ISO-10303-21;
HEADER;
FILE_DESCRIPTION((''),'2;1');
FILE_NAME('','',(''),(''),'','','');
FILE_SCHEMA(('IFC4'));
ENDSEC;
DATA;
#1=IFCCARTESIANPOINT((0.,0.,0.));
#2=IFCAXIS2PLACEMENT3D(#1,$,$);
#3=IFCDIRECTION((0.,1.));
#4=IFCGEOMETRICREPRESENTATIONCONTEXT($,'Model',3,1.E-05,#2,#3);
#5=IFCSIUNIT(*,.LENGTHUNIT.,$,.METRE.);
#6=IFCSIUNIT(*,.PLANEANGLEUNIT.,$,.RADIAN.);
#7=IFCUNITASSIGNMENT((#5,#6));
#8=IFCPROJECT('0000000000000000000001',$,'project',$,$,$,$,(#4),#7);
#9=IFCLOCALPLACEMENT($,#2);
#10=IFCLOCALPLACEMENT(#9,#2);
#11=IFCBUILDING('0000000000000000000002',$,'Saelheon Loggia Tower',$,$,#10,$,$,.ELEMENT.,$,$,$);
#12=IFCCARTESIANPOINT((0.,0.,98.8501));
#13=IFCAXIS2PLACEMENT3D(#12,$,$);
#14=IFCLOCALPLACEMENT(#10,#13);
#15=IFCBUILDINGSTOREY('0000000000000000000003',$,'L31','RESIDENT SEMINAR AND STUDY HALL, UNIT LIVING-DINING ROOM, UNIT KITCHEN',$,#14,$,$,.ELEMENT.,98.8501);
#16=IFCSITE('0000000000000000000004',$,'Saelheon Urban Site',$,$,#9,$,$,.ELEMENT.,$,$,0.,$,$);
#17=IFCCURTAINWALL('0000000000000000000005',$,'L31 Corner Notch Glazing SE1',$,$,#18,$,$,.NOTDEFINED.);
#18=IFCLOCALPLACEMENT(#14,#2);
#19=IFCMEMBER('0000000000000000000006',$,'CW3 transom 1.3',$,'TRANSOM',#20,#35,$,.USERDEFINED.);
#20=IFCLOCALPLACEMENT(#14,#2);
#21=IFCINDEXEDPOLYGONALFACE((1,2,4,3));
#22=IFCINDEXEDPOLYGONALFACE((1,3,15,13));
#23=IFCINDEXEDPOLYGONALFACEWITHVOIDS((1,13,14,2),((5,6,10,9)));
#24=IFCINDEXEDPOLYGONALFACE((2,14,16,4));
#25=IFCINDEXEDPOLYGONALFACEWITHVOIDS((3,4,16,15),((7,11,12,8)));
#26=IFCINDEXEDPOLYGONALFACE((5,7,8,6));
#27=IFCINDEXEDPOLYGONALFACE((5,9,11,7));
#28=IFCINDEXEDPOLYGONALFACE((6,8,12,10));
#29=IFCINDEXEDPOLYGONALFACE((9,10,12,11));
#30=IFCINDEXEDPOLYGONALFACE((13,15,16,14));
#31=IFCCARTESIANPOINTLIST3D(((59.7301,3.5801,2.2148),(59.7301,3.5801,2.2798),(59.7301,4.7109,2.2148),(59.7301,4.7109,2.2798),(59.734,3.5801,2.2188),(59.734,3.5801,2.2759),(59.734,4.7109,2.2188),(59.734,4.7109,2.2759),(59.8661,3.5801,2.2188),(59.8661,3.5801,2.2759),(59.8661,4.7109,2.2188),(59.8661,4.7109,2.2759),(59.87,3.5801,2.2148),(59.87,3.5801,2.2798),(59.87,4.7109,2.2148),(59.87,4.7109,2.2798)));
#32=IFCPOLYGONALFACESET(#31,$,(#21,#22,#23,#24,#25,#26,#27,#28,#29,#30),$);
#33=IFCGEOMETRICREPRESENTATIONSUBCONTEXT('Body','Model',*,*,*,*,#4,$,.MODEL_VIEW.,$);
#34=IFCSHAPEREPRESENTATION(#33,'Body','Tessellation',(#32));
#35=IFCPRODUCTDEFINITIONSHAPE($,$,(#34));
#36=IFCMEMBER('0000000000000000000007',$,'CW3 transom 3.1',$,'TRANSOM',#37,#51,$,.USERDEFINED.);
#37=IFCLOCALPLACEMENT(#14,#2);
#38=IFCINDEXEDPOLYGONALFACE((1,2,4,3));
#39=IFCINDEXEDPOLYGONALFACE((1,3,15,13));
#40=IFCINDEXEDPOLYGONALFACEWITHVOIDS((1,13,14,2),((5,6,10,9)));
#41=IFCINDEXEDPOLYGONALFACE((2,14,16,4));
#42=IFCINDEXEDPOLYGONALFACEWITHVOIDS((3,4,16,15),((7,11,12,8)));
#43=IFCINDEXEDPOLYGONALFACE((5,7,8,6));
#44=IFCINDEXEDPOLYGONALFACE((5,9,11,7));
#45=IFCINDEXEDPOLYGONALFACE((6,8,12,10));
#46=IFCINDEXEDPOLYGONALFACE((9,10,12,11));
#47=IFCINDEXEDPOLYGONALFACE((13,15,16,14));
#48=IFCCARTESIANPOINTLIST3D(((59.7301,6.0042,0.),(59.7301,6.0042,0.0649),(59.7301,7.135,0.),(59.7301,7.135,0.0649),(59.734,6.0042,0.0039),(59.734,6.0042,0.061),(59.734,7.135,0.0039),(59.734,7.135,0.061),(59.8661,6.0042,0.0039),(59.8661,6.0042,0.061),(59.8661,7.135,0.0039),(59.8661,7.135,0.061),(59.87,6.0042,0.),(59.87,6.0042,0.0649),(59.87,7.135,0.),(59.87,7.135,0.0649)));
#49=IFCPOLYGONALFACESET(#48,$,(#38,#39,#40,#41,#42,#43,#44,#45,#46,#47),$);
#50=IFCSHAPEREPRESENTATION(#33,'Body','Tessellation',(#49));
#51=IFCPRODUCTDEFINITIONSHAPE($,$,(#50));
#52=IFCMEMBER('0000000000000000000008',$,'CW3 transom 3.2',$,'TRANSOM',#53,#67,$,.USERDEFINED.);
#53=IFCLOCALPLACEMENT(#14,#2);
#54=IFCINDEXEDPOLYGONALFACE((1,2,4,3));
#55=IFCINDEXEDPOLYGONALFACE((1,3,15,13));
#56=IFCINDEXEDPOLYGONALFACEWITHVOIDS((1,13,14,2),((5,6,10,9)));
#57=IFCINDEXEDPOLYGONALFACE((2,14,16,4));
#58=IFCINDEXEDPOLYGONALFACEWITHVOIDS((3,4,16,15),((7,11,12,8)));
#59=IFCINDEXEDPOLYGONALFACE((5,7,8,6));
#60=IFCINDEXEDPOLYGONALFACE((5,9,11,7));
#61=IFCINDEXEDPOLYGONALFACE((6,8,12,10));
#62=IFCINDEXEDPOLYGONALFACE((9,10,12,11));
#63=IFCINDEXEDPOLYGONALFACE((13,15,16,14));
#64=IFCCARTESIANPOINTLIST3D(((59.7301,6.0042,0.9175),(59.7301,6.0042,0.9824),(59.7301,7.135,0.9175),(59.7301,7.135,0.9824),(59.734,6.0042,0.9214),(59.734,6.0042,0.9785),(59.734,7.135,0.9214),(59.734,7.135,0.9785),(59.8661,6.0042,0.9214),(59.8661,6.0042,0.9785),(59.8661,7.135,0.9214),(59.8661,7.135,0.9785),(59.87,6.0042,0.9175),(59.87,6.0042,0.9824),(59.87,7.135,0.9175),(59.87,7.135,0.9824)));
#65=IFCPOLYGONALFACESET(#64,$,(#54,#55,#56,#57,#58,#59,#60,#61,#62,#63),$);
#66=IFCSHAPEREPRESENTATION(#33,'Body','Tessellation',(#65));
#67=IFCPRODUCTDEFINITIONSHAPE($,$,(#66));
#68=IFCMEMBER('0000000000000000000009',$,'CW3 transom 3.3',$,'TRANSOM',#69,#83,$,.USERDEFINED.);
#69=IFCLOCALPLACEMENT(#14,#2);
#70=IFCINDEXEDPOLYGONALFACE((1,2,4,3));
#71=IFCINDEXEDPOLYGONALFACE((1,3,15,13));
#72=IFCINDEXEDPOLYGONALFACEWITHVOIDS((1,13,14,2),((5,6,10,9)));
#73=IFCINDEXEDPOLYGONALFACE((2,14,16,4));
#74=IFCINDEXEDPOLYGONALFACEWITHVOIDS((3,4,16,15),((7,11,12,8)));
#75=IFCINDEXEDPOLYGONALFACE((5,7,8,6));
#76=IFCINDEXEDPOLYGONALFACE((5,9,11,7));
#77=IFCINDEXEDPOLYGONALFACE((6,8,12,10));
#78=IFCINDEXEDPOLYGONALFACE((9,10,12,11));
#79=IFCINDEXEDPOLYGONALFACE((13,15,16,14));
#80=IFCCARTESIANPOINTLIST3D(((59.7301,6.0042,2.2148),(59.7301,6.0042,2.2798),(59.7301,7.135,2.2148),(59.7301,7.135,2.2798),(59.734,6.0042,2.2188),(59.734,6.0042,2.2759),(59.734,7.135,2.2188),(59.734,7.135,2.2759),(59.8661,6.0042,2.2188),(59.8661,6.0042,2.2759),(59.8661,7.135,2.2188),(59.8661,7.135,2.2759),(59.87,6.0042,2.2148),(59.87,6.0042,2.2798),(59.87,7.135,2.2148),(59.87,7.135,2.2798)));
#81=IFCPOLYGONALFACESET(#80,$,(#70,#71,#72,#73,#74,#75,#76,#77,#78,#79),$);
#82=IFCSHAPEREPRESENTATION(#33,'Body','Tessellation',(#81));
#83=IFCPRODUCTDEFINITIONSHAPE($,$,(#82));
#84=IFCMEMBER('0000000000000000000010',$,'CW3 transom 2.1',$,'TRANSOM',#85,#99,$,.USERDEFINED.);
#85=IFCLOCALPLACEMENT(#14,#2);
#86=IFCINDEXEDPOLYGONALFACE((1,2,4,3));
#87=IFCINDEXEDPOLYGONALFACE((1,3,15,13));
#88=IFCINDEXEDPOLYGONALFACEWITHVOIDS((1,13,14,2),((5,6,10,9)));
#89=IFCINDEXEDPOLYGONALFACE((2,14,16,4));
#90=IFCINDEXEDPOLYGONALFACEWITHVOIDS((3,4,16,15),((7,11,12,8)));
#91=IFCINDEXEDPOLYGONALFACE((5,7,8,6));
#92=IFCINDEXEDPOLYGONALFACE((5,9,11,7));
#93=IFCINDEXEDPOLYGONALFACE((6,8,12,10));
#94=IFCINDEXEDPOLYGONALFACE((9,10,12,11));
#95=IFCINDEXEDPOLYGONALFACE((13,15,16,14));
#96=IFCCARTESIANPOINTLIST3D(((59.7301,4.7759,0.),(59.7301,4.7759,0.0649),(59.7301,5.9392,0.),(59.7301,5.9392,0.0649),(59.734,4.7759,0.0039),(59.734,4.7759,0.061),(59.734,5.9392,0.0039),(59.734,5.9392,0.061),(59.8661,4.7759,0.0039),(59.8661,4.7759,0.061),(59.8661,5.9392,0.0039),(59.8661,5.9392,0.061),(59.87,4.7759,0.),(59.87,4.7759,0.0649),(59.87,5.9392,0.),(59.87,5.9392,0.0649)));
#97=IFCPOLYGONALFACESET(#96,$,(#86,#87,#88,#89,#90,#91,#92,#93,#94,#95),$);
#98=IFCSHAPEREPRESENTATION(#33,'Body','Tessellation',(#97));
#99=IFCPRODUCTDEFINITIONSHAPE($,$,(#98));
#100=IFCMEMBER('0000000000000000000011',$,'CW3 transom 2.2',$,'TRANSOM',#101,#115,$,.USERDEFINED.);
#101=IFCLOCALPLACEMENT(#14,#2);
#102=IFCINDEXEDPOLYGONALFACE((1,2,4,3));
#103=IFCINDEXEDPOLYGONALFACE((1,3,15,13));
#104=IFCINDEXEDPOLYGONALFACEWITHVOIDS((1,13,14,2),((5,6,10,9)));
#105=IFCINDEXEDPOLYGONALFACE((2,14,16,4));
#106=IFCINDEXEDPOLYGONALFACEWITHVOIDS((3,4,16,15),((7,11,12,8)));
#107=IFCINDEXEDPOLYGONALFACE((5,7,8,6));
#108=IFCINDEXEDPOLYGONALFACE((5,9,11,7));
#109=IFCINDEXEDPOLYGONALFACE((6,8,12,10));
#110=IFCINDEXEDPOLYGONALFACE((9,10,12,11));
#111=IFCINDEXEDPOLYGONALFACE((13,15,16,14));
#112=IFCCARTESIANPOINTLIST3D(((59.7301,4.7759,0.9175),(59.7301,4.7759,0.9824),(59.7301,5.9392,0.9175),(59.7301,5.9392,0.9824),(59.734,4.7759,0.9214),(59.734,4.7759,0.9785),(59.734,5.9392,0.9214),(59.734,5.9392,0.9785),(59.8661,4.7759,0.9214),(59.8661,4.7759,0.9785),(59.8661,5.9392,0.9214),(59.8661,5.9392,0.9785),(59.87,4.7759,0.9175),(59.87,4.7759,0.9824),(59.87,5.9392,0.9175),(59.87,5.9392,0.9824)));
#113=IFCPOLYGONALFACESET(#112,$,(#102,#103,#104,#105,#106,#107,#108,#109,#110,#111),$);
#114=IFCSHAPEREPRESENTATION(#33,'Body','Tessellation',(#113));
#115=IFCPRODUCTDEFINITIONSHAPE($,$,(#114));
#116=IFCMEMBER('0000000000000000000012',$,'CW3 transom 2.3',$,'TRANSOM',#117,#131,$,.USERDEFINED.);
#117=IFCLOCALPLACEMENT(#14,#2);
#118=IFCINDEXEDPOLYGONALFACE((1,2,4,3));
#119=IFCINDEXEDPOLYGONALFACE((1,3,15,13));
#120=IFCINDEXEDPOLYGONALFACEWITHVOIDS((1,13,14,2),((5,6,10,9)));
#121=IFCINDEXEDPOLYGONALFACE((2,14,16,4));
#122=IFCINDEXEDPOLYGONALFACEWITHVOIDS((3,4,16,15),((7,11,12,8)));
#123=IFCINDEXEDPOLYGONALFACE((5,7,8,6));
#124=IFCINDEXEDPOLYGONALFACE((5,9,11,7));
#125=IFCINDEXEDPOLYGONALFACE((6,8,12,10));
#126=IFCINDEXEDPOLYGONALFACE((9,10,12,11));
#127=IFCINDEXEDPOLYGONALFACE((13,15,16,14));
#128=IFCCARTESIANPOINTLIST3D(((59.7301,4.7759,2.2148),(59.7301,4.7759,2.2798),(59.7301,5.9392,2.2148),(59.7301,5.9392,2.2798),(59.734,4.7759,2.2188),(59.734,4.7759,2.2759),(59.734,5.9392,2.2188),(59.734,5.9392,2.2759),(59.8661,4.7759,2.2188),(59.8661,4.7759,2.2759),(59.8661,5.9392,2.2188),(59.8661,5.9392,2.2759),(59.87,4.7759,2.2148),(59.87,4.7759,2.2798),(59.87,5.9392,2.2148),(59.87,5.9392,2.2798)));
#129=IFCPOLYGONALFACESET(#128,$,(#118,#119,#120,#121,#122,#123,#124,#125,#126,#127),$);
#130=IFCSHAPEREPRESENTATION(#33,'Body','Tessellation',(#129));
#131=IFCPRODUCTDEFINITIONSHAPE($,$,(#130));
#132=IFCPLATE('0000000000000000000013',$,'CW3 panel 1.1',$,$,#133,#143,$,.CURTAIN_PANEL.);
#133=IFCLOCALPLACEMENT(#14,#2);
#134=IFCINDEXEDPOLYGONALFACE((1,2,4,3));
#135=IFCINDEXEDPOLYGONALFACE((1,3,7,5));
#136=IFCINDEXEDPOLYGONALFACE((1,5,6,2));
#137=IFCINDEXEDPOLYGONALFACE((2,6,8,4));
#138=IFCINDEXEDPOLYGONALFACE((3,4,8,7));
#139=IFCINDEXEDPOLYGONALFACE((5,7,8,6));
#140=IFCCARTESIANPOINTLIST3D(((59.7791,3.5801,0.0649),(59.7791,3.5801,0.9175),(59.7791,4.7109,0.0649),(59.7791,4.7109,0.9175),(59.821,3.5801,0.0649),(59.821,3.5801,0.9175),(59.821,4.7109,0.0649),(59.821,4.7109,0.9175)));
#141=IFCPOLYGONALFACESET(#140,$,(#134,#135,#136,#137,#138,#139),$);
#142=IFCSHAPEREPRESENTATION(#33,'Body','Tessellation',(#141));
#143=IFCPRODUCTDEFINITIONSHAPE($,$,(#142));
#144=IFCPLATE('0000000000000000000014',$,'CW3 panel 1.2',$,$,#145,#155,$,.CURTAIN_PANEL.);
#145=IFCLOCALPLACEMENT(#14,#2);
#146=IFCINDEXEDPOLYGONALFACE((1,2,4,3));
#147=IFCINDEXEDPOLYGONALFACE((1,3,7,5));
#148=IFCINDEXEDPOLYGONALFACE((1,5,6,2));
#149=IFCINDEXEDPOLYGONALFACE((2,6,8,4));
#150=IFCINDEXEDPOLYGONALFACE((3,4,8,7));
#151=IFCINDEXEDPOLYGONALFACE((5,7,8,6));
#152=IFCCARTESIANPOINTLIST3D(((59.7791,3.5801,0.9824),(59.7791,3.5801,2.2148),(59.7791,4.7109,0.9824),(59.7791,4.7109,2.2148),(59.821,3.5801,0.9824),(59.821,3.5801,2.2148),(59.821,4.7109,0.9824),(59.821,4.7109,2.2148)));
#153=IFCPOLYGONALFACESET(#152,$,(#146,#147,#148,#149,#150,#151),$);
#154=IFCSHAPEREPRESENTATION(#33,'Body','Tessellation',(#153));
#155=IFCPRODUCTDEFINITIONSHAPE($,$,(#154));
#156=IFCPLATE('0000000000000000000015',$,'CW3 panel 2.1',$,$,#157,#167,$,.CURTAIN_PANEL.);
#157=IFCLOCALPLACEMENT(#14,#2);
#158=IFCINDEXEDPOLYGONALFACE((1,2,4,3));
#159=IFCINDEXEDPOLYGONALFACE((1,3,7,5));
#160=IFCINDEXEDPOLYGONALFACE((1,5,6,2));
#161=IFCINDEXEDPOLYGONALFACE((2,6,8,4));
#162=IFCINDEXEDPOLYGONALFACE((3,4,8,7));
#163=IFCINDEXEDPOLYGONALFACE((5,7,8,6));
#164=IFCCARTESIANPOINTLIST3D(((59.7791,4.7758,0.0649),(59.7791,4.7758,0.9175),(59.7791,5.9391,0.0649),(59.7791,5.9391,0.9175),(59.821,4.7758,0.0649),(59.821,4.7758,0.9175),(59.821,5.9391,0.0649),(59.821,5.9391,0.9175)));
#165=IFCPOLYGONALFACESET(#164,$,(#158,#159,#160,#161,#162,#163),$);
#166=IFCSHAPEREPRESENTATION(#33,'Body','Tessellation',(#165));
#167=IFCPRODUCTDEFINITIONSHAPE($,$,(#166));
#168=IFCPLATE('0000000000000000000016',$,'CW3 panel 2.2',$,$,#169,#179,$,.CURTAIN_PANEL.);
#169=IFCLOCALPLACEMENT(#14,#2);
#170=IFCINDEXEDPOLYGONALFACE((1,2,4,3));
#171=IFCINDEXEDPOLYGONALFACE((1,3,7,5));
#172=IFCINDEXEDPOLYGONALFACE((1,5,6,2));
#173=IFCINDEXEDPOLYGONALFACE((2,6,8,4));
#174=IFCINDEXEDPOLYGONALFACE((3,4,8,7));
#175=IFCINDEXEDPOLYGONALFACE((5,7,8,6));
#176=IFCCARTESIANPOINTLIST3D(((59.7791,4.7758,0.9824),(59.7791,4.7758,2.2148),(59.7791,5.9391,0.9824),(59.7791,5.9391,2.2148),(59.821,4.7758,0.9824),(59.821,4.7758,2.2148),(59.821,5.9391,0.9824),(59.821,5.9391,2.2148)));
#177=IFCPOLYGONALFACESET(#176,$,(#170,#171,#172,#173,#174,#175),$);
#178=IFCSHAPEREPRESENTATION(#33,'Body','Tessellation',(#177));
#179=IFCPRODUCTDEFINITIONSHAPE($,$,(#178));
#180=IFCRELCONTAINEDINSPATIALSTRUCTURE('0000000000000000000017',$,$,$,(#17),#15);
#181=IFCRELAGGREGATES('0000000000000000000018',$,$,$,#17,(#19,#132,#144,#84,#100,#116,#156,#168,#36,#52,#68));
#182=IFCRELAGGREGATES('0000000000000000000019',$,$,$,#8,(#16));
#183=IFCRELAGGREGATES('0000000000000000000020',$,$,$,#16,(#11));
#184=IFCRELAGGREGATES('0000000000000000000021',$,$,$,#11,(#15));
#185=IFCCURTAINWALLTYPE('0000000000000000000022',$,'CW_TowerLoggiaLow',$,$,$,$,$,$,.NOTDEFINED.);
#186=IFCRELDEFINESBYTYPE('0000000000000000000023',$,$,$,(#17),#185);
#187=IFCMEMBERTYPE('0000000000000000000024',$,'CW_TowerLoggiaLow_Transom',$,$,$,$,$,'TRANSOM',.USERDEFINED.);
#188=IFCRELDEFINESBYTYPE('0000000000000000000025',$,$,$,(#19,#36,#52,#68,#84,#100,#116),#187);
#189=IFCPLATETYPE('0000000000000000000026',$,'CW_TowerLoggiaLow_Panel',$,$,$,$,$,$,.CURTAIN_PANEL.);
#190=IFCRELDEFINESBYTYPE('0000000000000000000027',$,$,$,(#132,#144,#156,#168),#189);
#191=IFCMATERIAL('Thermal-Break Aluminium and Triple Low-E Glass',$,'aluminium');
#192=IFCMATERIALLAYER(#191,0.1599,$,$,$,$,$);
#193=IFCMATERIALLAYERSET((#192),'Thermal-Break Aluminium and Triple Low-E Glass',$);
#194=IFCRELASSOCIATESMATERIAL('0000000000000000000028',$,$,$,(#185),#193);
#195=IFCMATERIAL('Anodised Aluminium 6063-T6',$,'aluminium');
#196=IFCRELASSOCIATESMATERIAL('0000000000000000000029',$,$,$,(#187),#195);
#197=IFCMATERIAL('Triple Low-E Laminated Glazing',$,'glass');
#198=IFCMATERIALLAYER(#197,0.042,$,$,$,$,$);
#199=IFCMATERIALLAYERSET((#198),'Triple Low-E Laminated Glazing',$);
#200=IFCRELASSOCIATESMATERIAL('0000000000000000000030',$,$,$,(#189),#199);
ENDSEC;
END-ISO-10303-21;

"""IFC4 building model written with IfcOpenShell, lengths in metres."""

from ifc_helpers import new_model, si_unit, direction, frame, origin, origin_2d, place, context, subcontext, project, spatial, rectangle, hollow_rectangle, extrude, source, transform, mapped, material, layer, layer_set, material_profile, profile_set, type_object, element, aggregate, save


model = new_model("IFC4")

# Units and contexts
model_context = context("Model", 3, precision=1e-05, world=origin(), true_north=direction((0.0, 1.0)))
body_context = subcontext(model_context, "Body", "Model", "MODEL_VIEW")
ifc_project = project(units=[si_unit("LENGTHUNIT", "METRE"), si_unit("PLANEANGLEUNIT", "RADIAN")], contexts=[model_context])

# Site, building, storey
site_placement = place(None, origin())
site = spatial("IfcSite", under=ifc_project, at=site_placement, Name="Saelheon Urban Site", CompositionType="ELEMENT", RefElevation=0.0)
building_placement = place(site_placement, origin())
building = spatial("IfcBuilding", under=site, at=building_placement, Name="Saelheon Loggia Tower", CompositionType="ELEMENT")
storey_placement = place(building_placement, frame((0.0, 0.0, 98.8501)))
storey = spatial("IfcBuildingStorey", under=building, at=storey_placement, Name="L31", Description="RESIDENT SEMINAR AND STUDY HALL, UNIT LIVING-DINING ROOM, UNIT KITCHEN", CompositionType="ELEMENT", Elevation=98.8501)

# Curtain wall, members, plates
ifc_material_1 = material(Name="Thermal-Break Aluminium and Triple Low-E Glass", Category="aluminium")
ifc_layer_1 = layer(ifc_material_1, 0.1599)
ifc_layer_set_1 = layer_set([ifc_layer_1], Name="Thermal-Break Aluminium and Triple Low-E Glass")
curtain_wall_type = type_object("IfcCurtainWallType", Name="CW_TowerLoggiaLow", PredefinedType="NOTDEFINED", material=ifc_layer_set_1)
curtain_wall_placement = place(storey_placement, origin())
curtain_wall = element("IfcCurtainWall", 1, at=curtain_wall_placement, inside=storey, type_object=curtain_wall_type, Name="L31 Corner Notch Glazing SE1", PredefinedType="NOTDEFINED")
ifc_material_2 = material(Name="Anodised Aluminium 6063-T6", Category="aluminium")
ifc_material_profile_1 = material_profile(ifc_material_2, hollow_rectangle(XDim=0.0649, YDim=0.1399, WallThickness=0.0039, at=origin_2d()), Name="RHS-140x65x4")
ifc_profile_set_1 = profile_set([ifc_material_profile_1], Name="Anodised Aluminium 6063-T6")
member_type_1 = type_object("IfcMemberType", Name="CW_TowerLoggiaLow_Transom", ElementType="TRANSOM", PredefinedType="USERDEFINED", material=ifc_profile_set_1)
shared_shape_1 = source(origin(), body_context, "Body", "SweptSolid", [
    extrude(hollow_rectangle(XDim=0.0649, YDim=0.1399, WallThickness=0.0039, at=origin_2d()), origin(), (0.0, 0.0, 1.0), 1.1309),
])
member_1_placement = place(storey_placement, frame((59.8, 3.5801, 2.2473), z_axis=(0.0, 1.0, 0.0), x_axis=(0.0, 0.0, 1.0)))
member_1 = element("IfcMember", 2, at=member_1_placement, type_object=member_type_1, Name="CW3 transom 1.3", ObjectType="TRANSOM", PredefinedType="USERDEFINED", context=body_context, shape_type="MappedRepresentation", body=[
    mapped(shared_shape_1, transform((0.0, 0.0, 0.0), scale=1.0)),
])
member_2_placement = place(storey_placement, frame((59.8, 6.0042, 0.0325), z_axis=(0.0, 1.0, 0.0), x_axis=(0.0, 0.0, 1.0)))
member_2 = element("IfcMember", 3, at=member_2_placement, type_object=member_type_1, Name="CW3 transom 3.1", ObjectType="TRANSOM", PredefinedType="USERDEFINED", context=body_context, shape_type="MappedRepresentation", body=[
    mapped(shared_shape_1, transform((0.0, 0.0, 0.0), scale=1.0)),
])
member_3_placement = place(storey_placement, frame((59.8, 6.0042, 0.95), z_axis=(0.0, 1.0, 0.0), x_axis=(0.0, 0.0, 1.0)))
member_3 = element("IfcMember", 4, at=member_3_placement, type_object=member_type_1, Name="CW3 transom 3.2", ObjectType="TRANSOM", PredefinedType="USERDEFINED", context=body_context, shape_type="MappedRepresentation", body=[
    mapped(shared_shape_1, transform((0.0, 0.0, 0.0), scale=1.0)),
])
member_4_placement = place(storey_placement, frame((59.8, 6.0042, 2.2473), z_axis=(0.0, 1.0, 0.0), x_axis=(0.0, 0.0, 1.0)))
member_4 = element("IfcMember", 5, at=member_4_placement, type_object=member_type_1, Name="CW3 transom 3.3", ObjectType="TRANSOM", PredefinedType="USERDEFINED", context=body_context, shape_type="MappedRepresentation", body=[
    mapped(shared_shape_1, transform((0.0, 0.0, 0.0), scale=1.0)),
])
shared_shape_2 = source(origin(), body_context, "Body", "SweptSolid", [
    extrude(hollow_rectangle(XDim=0.0649, YDim=0.1399, WallThickness=0.0039, at=origin_2d()), origin(), (0.0, 0.0, 1.0), 1.1633),
])
member_5_placement = place(storey_placement, frame((59.8, 4.7759, 0.0325), z_axis=(0.0, 1.0, 0.0), x_axis=(0.0, 0.0, 1.0)))
member_5 = element("IfcMember", 6, at=member_5_placement, type_object=member_type_1, Name="CW3 transom 2.1", ObjectType="TRANSOM", PredefinedType="USERDEFINED", context=body_context, shape_type="MappedRepresentation", body=[
    mapped(shared_shape_2, transform((0.0, 0.0, 0.0), scale=1.0)),
])
member_6_placement = place(storey_placement, frame((59.8, 4.7759, 0.95), z_axis=(0.0, 1.0, 0.0), x_axis=(0.0, 0.0, 1.0)))
member_6 = element("IfcMember", 7, at=member_6_placement, type_object=member_type_1, Name="CW3 transom 2.2", ObjectType="TRANSOM", PredefinedType="USERDEFINED", context=body_context, shape_type="MappedRepresentation", body=[
    mapped(shared_shape_2, transform((0.0, 0.0, 0.0), scale=1.0)),
])
member_7_placement = place(storey_placement, frame((59.8, 4.7759, 2.2473), z_axis=(0.0, 1.0, 0.0), x_axis=(0.0, 0.0, 1.0)))
member_7 = element("IfcMember", 8, at=member_7_placement, type_object=member_type_1, Name="CW3 transom 2.3", ObjectType="TRANSOM", PredefinedType="USERDEFINED", context=body_context, shape_type="MappedRepresentation", body=[
    mapped(shared_shape_2, transform((0.0, 0.0, 0.0), scale=1.0)),
])
ifc_material_3 = material(Name="Triple Low-E Laminated Glazing", Category="glass")
ifc_layer_2 = layer(ifc_material_3, 0.042)
ifc_layer_set_2 = layer_set([ifc_layer_2], Name="Triple Low-E Laminated Glazing")
plate_type = type_object("IfcPlateType", Name="CW_TowerLoggiaLow_Panel", PredefinedType="CURTAIN_PANEL", material=ifc_layer_set_2)
shared_shape_3 = source(origin(), body_context, "Body", "SweptSolid", [
    extrude(rectangle(XDim=1.1309, YDim=0.042, at=origin_2d()), origin(), (0.0, 0.0, 1.0), 0.8525),
])
plate_1_placement = place(storey_placement, frame((59.8, 4.1455, 0.0649), z_axis=(0.0, 0.0, 1.0), x_axis=(0.0, 1.0, 0.0)))
plate_1 = element("IfcPlate", 9, at=plate_1_placement, type_object=plate_type, Name="CW3 panel 1.1", PredefinedType="CURTAIN_PANEL", context=body_context, shape_type="MappedRepresentation", body=[
    mapped(shared_shape_3, transform((0.0, 0.0, 0.0), scale=1.0)),
])
shared_shape_4 = source(origin(), body_context, "Body", "SweptSolid", [
    extrude(rectangle(XDim=1.1309, YDim=0.042, at=origin_2d()), origin(), (0.0, 0.0, 1.0), 1.2324),
])
plate_2_placement = place(storey_placement, frame((59.8, 4.1455, 0.9824), z_axis=(0.0, 0.0, 1.0), x_axis=(0.0, 1.0, 0.0)))
plate_2 = element("IfcPlate", 10, at=plate_2_placement, type_object=plate_type, Name="CW3 panel 1.2", PredefinedType="CURTAIN_PANEL", context=body_context, shape_type="MappedRepresentation", body=[
    mapped(shared_shape_4, transform((0.0, 0.0, 0.0), scale=1.0)),
])
shared_shape_5 = source(origin(), body_context, "Body", "SweptSolid", [
    extrude(rectangle(XDim=1.1633, YDim=0.042, at=origin_2d()), origin(), (0.0, 0.0, 1.0), 0.8525),
])
plate_3_placement = place(storey_placement, frame((59.8, 5.3574, 0.0649), z_axis=(0.0, 0.0, 1.0), x_axis=(0.0, 1.0, 0.0)))
plate_3 = element("IfcPlate", 11, at=plate_3_placement, type_object=plate_type, Name="CW3 panel 2.1", PredefinedType="CURTAIN_PANEL", context=body_context, shape_type="MappedRepresentation", body=[
    mapped(shared_shape_5, transform((0.0, 0.0, 0.0), scale=1.0)),
])
shared_shape_6 = source(origin(), body_context, "Body", "SweptSolid", [
    extrude(rectangle(XDim=1.1633, YDim=0.042, at=origin_2d()), origin(), (0.0, 0.0, 1.0), 1.2324),
])
plate_4_placement = place(storey_placement, frame((59.8, 5.3574, 0.9824), z_axis=(0.0, 0.0, 1.0), x_axis=(0.0, 1.0, 0.0)))
plate_4 = element("IfcPlate", 12, at=plate_4_placement, type_object=plate_type, Name="CW3 panel 2.2", PredefinedType="CURTAIN_PANEL", context=body_context, shape_type="MappedRepresentation", body=[
    mapped(shared_shape_6, transform((0.0, 0.0, 0.0), scale=1.0)),
])
aggregate(curtain_wall, [member_1, plate_1, plate_2, member_5, member_6, member_7, plate_3, plate_4, member_2, member_3, member_4])

save(model, "model.ifc")
